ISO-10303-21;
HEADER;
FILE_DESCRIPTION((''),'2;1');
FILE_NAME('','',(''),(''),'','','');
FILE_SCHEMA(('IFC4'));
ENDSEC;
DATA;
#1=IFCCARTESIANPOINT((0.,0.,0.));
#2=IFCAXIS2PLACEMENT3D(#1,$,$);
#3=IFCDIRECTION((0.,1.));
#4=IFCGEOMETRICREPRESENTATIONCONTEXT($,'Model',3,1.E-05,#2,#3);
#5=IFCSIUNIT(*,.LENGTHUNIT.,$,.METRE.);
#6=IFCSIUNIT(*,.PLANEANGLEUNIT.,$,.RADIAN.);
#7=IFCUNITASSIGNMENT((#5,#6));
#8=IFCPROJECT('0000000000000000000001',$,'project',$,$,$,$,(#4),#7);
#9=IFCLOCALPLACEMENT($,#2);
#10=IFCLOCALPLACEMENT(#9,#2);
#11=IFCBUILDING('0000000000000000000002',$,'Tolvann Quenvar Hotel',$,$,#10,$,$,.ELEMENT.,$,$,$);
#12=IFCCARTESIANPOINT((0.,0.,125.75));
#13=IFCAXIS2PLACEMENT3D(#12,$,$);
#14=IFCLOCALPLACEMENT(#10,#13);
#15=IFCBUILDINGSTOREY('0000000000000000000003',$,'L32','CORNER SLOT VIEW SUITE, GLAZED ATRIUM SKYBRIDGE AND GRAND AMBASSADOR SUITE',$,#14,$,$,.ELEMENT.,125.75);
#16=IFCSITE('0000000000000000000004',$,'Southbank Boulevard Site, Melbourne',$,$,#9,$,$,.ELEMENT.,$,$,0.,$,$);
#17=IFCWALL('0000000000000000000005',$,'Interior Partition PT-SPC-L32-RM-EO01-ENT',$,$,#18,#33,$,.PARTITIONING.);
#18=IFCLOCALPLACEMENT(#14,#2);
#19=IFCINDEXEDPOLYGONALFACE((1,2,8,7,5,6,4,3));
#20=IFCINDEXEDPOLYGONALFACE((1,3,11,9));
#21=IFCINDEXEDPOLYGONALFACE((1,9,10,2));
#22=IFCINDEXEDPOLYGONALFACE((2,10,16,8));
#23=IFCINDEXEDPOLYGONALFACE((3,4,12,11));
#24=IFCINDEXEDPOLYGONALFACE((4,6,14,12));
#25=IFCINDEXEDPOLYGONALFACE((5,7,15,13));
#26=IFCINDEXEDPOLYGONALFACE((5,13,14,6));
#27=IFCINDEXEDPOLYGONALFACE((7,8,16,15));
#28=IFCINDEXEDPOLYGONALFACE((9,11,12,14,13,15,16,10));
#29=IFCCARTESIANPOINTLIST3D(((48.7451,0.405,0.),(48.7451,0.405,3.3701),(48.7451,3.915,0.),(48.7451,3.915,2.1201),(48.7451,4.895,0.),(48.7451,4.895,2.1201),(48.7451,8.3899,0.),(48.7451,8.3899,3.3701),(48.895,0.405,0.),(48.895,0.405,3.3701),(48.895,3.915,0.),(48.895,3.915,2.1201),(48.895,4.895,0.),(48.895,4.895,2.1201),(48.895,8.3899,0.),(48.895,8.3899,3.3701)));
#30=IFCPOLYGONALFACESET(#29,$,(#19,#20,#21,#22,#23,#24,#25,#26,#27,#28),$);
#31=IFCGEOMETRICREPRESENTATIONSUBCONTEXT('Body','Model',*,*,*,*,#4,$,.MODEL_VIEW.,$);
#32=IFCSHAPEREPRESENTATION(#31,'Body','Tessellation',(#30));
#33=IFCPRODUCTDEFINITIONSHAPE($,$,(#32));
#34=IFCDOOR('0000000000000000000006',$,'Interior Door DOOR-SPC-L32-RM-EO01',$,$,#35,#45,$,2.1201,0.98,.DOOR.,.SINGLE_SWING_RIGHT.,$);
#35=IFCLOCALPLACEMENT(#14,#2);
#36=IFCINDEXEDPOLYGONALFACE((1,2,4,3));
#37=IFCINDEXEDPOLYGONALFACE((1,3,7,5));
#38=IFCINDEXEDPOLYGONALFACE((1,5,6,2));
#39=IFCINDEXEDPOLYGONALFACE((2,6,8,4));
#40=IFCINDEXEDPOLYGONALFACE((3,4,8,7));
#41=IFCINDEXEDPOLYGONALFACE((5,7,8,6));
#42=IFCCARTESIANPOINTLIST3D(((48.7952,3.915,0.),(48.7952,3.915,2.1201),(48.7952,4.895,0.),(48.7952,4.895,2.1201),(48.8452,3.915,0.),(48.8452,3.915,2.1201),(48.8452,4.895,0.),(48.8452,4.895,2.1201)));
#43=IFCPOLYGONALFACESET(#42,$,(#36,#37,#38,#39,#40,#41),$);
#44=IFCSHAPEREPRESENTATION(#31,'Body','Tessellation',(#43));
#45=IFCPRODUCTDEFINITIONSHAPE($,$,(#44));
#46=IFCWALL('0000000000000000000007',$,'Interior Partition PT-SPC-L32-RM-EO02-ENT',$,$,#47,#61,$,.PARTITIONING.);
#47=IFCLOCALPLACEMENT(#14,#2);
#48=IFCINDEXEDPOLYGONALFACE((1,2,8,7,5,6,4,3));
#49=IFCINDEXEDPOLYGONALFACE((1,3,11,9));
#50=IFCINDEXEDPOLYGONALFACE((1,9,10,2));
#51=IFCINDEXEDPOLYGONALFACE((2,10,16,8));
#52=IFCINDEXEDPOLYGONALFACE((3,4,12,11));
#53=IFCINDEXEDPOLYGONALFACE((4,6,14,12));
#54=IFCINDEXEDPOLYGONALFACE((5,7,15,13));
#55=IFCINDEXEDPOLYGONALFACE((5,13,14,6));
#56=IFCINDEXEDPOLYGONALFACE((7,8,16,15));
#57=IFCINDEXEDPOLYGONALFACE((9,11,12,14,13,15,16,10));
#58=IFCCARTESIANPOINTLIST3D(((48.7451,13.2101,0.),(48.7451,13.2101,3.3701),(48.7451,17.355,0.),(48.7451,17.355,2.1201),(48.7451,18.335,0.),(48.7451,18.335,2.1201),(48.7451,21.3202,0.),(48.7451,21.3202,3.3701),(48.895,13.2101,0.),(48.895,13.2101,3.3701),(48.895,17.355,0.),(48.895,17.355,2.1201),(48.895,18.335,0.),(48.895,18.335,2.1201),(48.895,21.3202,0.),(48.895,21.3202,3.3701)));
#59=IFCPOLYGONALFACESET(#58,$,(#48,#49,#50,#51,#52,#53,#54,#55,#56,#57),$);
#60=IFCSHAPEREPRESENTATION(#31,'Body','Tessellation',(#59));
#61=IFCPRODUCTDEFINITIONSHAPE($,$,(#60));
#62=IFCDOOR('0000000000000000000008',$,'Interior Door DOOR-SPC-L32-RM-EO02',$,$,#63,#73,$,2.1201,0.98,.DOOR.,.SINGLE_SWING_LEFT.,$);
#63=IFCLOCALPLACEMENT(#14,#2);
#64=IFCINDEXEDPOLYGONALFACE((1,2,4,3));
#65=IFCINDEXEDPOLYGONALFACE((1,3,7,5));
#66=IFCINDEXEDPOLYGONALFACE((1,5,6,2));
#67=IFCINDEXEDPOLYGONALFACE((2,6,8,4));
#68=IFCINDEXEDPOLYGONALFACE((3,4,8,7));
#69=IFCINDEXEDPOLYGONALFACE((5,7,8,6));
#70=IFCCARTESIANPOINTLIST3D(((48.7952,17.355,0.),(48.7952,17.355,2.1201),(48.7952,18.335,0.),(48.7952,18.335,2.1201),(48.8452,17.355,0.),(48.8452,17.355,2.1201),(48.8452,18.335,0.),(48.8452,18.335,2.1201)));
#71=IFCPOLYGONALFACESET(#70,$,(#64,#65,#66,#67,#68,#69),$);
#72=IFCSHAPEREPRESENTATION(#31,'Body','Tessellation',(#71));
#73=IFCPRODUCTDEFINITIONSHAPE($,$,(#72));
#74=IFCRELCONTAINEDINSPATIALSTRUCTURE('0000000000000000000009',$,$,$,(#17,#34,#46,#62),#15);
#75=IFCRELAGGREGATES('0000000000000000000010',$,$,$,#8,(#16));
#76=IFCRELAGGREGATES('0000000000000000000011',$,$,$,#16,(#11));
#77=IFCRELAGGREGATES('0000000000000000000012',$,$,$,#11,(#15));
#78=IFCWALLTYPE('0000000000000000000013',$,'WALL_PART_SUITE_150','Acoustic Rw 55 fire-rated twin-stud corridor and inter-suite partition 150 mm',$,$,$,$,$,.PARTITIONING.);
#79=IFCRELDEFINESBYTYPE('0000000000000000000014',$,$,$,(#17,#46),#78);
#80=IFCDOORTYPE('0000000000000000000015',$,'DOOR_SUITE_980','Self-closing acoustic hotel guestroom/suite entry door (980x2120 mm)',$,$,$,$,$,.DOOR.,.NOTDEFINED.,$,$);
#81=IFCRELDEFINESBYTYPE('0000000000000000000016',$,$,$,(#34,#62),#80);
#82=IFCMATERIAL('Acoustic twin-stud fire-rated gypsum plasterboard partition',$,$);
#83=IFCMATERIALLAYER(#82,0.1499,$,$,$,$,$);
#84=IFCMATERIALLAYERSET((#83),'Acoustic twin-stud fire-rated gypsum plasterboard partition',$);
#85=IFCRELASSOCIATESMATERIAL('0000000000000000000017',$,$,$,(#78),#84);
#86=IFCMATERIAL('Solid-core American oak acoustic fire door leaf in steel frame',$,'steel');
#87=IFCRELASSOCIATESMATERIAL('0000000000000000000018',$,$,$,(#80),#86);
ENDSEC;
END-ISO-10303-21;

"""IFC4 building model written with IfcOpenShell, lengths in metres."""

from ifc_helpers import new_model, si_unit, direction, frame, frame_2d, origin, place, context, subcontext, project, spatial, rectangle, extrude, source, transform, mapped, material, layer, layer_set, type_object, type_shapes, element, fill, save


model = new_model("IFC4")

# Units and contexts
model_context = context("Model", 3, precision=1e-05, world=origin(), true_north=direction((0.0, 1.0)))
body_context = subcontext(model_context, "Body", "Model", "MODEL_VIEW")
ifc_project = project(units=[si_unit("LENGTHUNIT", "METRE"), si_unit("PLANEANGLEUNIT", "RADIAN")], contexts=[model_context])

# Site, building, storey
site_placement = place(None, origin())
site = spatial("IfcSite", under=ifc_project, at=site_placement, Name="Southbank Boulevard Site, Melbourne", CompositionType="ELEMENT", RefElevation=0.0)
building_placement = place(site_placement, origin())
building = spatial("IfcBuilding", under=site, at=building_placement, Name="Tolvann Quenvar Hotel", CompositionType="ELEMENT")
storey_placement = place(building_placement, frame((0.0, 0.0, 125.75)))
storey = spatial("IfcBuildingStorey", under=building, at=storey_placement, Name="L32", Description="CORNER SLOT VIEW SUITE, GLAZED ATRIUM SKYBRIDGE AND GRAND AMBASSADOR SUITE", CompositionType="ELEMENT", Elevation=125.75)

# Shared definitions
ifc_material_1 = material(Name="Acoustic twin-stud fire-rated gypsum plasterboard partition")
ifc_layer_1 = layer(ifc_material_1, 0.1499)
ifc_layer_set_1 = layer_set([ifc_layer_1], Name="Acoustic twin-stud fire-rated gypsum plasterboard partition")
wall_type_1 = type_object("IfcWallType", Name="WALL_PART_SUITE_150", Description="Acoustic Rw 55 fire-rated twin-stud corridor and inter-suite partition 150 mm", PredefinedType="PARTITIONING", material=ifc_layer_set_1)

# Walls, openings, doors
ifc_material_2 = material(Name="Solid-core American oak acoustic fire door leaf in steel frame", Category="steel")
door_type = type_object("IfcDoorType", Name="DOOR_SUITE_980", Description="Self-closing acoustic hotel guestroom/suite entry door (980x2120 mm)", OperationType="NOTDEFINED", PredefinedType="DOOR", material=ifc_material_2)
shared_shape_1 = source(origin(), body_context, "Body", "SweptSolid", [
    extrude(rectangle(XDim=0.98, YDim=2.1201, at=frame_2d((0.49, 1.0601))), frame((0.0, 0.0249, 0.0), z_axis=(0.0, -1.0, 0.0), x_axis=(1.0, 0.0, 0.0)), (0.0, 0.0, 1.0), 0.05),
])
type_shapes(door_type, [shared_shape_1])
wall_1_placement = place(storey_placement, frame((48.8201, 0.405, 0.0), z_axis=(0.0, 0.0, 1.0), x_axis=(0.0, 1.0, 0.0)))
wall_1 = element("IfcWall", 1, at=wall_1_placement, inside=storey, type_object=wall_type_1, Name="Interior Partition PT-SPC-L32-RM-EO01-ENT", PredefinedType="PARTITIONING", context=body_context, shape_type="SweptSolid", body=[
    extrude(rectangle(XDim=7.9849, YDim=0.1499, at=frame_2d((3.9924, 0.0))), origin(), (0.0, 0.0, 1.0), 3.3701),
])
opening_1_placement = place(wall_1_placement, frame((3.51, 0.0, 0.0)))
opening_1 = element("IfcOpeningElement", 2, at=opening_1_placement, cuts=wall_1, PredefinedType="OPENING", context=body_context, shape_type="SweptSolid", body=[
    extrude(rectangle(XDim=0.98, YDim=2.1201, at=frame_2d((0.49, 1.0601))), frame((0.0, 0.085, 0.0), z_axis=(0.0, -1.0, 0.0), x_axis=(1.0, 0.0, 0.0)), (0.0, 0.0, 1.0), 0.1699),
])
door_1_placement = place(opening_1_placement, origin())
door_1 = element("IfcDoor", 3, at=door_1_placement, inside=storey, type_object=door_type, Name="Interior Door DOOR-SPC-L32-RM-EO01", OperationType="SINGLE_SWING_RIGHT", OverallHeight=2.1201, OverallWidth=0.98, PredefinedType="DOOR", context=body_context, shape_type="MappedRepresentation", body=[
    mapped(shared_shape_1, transform((0.0, 0.0, 0.0), x_axis=(1.0, 0.0, 0.0), y_axis=(0.0, 1.0, 0.0), z_axis=(0.0, 0.0, 1.0), scale=1.0)),
])
fill(opening_1, door_1)
wall_2_placement = place(storey_placement, frame((48.8201, 13.21, 0.0), z_axis=(0.0, 0.0, 1.0), x_axis=(0.0, 1.0, 0.0)))
wall_2 = element("IfcWall", 4, at=wall_2_placement, inside=storey, type_object=wall_type_1, Name="Interior Partition PT-SPC-L32-RM-EO02-ENT", PredefinedType="PARTITIONING", context=body_context, shape_type="SweptSolid", body=[
    extrude(rectangle(XDim=8.1101, YDim=0.1499, at=frame_2d((4.0552, 0.0))), origin(), (0.0, 0.0, 1.0), 3.3701),
])
opening_2_placement = place(wall_2_placement, frame((4.145, 0.0, 0.0)))
opening_2 = element("IfcOpeningElement", 5, at=opening_2_placement, cuts=wall_2, PredefinedType="OPENING", context=body_context, shape_type="SweptSolid", body=[
    extrude(rectangle(XDim=0.98, YDim=2.1201, at=frame_2d((0.49, 1.0601))), frame((0.0, 0.085, 0.0), z_axis=(0.0, -1.0, 0.0), x_axis=(1.0, 0.0, 0.0)), (0.0, 0.0, 1.0), 0.1699),
])
door_2_placement = place(opening_2_placement, origin())
door_2 = element("IfcDoor", 6, at=door_2_placement, inside=storey, type_object=door_type, Name="Interior Door DOOR-SPC-L32-RM-EO02", OperationType="SINGLE_SWING_LEFT", OverallHeight=2.1201, OverallWidth=0.98, PredefinedType="DOOR", context=body_context, shape_type="MappedRepresentation", body=[
    mapped(shared_shape_1, transform((0.0, 0.0, 0.0), x_axis=(1.0, 0.0, 0.0), y_axis=(0.0, 1.0, 0.0), z_axis=(0.0, 0.0, 1.0), scale=1.0)),
])
fill(opening_2, door_2)

save(model, "model.ifc")
